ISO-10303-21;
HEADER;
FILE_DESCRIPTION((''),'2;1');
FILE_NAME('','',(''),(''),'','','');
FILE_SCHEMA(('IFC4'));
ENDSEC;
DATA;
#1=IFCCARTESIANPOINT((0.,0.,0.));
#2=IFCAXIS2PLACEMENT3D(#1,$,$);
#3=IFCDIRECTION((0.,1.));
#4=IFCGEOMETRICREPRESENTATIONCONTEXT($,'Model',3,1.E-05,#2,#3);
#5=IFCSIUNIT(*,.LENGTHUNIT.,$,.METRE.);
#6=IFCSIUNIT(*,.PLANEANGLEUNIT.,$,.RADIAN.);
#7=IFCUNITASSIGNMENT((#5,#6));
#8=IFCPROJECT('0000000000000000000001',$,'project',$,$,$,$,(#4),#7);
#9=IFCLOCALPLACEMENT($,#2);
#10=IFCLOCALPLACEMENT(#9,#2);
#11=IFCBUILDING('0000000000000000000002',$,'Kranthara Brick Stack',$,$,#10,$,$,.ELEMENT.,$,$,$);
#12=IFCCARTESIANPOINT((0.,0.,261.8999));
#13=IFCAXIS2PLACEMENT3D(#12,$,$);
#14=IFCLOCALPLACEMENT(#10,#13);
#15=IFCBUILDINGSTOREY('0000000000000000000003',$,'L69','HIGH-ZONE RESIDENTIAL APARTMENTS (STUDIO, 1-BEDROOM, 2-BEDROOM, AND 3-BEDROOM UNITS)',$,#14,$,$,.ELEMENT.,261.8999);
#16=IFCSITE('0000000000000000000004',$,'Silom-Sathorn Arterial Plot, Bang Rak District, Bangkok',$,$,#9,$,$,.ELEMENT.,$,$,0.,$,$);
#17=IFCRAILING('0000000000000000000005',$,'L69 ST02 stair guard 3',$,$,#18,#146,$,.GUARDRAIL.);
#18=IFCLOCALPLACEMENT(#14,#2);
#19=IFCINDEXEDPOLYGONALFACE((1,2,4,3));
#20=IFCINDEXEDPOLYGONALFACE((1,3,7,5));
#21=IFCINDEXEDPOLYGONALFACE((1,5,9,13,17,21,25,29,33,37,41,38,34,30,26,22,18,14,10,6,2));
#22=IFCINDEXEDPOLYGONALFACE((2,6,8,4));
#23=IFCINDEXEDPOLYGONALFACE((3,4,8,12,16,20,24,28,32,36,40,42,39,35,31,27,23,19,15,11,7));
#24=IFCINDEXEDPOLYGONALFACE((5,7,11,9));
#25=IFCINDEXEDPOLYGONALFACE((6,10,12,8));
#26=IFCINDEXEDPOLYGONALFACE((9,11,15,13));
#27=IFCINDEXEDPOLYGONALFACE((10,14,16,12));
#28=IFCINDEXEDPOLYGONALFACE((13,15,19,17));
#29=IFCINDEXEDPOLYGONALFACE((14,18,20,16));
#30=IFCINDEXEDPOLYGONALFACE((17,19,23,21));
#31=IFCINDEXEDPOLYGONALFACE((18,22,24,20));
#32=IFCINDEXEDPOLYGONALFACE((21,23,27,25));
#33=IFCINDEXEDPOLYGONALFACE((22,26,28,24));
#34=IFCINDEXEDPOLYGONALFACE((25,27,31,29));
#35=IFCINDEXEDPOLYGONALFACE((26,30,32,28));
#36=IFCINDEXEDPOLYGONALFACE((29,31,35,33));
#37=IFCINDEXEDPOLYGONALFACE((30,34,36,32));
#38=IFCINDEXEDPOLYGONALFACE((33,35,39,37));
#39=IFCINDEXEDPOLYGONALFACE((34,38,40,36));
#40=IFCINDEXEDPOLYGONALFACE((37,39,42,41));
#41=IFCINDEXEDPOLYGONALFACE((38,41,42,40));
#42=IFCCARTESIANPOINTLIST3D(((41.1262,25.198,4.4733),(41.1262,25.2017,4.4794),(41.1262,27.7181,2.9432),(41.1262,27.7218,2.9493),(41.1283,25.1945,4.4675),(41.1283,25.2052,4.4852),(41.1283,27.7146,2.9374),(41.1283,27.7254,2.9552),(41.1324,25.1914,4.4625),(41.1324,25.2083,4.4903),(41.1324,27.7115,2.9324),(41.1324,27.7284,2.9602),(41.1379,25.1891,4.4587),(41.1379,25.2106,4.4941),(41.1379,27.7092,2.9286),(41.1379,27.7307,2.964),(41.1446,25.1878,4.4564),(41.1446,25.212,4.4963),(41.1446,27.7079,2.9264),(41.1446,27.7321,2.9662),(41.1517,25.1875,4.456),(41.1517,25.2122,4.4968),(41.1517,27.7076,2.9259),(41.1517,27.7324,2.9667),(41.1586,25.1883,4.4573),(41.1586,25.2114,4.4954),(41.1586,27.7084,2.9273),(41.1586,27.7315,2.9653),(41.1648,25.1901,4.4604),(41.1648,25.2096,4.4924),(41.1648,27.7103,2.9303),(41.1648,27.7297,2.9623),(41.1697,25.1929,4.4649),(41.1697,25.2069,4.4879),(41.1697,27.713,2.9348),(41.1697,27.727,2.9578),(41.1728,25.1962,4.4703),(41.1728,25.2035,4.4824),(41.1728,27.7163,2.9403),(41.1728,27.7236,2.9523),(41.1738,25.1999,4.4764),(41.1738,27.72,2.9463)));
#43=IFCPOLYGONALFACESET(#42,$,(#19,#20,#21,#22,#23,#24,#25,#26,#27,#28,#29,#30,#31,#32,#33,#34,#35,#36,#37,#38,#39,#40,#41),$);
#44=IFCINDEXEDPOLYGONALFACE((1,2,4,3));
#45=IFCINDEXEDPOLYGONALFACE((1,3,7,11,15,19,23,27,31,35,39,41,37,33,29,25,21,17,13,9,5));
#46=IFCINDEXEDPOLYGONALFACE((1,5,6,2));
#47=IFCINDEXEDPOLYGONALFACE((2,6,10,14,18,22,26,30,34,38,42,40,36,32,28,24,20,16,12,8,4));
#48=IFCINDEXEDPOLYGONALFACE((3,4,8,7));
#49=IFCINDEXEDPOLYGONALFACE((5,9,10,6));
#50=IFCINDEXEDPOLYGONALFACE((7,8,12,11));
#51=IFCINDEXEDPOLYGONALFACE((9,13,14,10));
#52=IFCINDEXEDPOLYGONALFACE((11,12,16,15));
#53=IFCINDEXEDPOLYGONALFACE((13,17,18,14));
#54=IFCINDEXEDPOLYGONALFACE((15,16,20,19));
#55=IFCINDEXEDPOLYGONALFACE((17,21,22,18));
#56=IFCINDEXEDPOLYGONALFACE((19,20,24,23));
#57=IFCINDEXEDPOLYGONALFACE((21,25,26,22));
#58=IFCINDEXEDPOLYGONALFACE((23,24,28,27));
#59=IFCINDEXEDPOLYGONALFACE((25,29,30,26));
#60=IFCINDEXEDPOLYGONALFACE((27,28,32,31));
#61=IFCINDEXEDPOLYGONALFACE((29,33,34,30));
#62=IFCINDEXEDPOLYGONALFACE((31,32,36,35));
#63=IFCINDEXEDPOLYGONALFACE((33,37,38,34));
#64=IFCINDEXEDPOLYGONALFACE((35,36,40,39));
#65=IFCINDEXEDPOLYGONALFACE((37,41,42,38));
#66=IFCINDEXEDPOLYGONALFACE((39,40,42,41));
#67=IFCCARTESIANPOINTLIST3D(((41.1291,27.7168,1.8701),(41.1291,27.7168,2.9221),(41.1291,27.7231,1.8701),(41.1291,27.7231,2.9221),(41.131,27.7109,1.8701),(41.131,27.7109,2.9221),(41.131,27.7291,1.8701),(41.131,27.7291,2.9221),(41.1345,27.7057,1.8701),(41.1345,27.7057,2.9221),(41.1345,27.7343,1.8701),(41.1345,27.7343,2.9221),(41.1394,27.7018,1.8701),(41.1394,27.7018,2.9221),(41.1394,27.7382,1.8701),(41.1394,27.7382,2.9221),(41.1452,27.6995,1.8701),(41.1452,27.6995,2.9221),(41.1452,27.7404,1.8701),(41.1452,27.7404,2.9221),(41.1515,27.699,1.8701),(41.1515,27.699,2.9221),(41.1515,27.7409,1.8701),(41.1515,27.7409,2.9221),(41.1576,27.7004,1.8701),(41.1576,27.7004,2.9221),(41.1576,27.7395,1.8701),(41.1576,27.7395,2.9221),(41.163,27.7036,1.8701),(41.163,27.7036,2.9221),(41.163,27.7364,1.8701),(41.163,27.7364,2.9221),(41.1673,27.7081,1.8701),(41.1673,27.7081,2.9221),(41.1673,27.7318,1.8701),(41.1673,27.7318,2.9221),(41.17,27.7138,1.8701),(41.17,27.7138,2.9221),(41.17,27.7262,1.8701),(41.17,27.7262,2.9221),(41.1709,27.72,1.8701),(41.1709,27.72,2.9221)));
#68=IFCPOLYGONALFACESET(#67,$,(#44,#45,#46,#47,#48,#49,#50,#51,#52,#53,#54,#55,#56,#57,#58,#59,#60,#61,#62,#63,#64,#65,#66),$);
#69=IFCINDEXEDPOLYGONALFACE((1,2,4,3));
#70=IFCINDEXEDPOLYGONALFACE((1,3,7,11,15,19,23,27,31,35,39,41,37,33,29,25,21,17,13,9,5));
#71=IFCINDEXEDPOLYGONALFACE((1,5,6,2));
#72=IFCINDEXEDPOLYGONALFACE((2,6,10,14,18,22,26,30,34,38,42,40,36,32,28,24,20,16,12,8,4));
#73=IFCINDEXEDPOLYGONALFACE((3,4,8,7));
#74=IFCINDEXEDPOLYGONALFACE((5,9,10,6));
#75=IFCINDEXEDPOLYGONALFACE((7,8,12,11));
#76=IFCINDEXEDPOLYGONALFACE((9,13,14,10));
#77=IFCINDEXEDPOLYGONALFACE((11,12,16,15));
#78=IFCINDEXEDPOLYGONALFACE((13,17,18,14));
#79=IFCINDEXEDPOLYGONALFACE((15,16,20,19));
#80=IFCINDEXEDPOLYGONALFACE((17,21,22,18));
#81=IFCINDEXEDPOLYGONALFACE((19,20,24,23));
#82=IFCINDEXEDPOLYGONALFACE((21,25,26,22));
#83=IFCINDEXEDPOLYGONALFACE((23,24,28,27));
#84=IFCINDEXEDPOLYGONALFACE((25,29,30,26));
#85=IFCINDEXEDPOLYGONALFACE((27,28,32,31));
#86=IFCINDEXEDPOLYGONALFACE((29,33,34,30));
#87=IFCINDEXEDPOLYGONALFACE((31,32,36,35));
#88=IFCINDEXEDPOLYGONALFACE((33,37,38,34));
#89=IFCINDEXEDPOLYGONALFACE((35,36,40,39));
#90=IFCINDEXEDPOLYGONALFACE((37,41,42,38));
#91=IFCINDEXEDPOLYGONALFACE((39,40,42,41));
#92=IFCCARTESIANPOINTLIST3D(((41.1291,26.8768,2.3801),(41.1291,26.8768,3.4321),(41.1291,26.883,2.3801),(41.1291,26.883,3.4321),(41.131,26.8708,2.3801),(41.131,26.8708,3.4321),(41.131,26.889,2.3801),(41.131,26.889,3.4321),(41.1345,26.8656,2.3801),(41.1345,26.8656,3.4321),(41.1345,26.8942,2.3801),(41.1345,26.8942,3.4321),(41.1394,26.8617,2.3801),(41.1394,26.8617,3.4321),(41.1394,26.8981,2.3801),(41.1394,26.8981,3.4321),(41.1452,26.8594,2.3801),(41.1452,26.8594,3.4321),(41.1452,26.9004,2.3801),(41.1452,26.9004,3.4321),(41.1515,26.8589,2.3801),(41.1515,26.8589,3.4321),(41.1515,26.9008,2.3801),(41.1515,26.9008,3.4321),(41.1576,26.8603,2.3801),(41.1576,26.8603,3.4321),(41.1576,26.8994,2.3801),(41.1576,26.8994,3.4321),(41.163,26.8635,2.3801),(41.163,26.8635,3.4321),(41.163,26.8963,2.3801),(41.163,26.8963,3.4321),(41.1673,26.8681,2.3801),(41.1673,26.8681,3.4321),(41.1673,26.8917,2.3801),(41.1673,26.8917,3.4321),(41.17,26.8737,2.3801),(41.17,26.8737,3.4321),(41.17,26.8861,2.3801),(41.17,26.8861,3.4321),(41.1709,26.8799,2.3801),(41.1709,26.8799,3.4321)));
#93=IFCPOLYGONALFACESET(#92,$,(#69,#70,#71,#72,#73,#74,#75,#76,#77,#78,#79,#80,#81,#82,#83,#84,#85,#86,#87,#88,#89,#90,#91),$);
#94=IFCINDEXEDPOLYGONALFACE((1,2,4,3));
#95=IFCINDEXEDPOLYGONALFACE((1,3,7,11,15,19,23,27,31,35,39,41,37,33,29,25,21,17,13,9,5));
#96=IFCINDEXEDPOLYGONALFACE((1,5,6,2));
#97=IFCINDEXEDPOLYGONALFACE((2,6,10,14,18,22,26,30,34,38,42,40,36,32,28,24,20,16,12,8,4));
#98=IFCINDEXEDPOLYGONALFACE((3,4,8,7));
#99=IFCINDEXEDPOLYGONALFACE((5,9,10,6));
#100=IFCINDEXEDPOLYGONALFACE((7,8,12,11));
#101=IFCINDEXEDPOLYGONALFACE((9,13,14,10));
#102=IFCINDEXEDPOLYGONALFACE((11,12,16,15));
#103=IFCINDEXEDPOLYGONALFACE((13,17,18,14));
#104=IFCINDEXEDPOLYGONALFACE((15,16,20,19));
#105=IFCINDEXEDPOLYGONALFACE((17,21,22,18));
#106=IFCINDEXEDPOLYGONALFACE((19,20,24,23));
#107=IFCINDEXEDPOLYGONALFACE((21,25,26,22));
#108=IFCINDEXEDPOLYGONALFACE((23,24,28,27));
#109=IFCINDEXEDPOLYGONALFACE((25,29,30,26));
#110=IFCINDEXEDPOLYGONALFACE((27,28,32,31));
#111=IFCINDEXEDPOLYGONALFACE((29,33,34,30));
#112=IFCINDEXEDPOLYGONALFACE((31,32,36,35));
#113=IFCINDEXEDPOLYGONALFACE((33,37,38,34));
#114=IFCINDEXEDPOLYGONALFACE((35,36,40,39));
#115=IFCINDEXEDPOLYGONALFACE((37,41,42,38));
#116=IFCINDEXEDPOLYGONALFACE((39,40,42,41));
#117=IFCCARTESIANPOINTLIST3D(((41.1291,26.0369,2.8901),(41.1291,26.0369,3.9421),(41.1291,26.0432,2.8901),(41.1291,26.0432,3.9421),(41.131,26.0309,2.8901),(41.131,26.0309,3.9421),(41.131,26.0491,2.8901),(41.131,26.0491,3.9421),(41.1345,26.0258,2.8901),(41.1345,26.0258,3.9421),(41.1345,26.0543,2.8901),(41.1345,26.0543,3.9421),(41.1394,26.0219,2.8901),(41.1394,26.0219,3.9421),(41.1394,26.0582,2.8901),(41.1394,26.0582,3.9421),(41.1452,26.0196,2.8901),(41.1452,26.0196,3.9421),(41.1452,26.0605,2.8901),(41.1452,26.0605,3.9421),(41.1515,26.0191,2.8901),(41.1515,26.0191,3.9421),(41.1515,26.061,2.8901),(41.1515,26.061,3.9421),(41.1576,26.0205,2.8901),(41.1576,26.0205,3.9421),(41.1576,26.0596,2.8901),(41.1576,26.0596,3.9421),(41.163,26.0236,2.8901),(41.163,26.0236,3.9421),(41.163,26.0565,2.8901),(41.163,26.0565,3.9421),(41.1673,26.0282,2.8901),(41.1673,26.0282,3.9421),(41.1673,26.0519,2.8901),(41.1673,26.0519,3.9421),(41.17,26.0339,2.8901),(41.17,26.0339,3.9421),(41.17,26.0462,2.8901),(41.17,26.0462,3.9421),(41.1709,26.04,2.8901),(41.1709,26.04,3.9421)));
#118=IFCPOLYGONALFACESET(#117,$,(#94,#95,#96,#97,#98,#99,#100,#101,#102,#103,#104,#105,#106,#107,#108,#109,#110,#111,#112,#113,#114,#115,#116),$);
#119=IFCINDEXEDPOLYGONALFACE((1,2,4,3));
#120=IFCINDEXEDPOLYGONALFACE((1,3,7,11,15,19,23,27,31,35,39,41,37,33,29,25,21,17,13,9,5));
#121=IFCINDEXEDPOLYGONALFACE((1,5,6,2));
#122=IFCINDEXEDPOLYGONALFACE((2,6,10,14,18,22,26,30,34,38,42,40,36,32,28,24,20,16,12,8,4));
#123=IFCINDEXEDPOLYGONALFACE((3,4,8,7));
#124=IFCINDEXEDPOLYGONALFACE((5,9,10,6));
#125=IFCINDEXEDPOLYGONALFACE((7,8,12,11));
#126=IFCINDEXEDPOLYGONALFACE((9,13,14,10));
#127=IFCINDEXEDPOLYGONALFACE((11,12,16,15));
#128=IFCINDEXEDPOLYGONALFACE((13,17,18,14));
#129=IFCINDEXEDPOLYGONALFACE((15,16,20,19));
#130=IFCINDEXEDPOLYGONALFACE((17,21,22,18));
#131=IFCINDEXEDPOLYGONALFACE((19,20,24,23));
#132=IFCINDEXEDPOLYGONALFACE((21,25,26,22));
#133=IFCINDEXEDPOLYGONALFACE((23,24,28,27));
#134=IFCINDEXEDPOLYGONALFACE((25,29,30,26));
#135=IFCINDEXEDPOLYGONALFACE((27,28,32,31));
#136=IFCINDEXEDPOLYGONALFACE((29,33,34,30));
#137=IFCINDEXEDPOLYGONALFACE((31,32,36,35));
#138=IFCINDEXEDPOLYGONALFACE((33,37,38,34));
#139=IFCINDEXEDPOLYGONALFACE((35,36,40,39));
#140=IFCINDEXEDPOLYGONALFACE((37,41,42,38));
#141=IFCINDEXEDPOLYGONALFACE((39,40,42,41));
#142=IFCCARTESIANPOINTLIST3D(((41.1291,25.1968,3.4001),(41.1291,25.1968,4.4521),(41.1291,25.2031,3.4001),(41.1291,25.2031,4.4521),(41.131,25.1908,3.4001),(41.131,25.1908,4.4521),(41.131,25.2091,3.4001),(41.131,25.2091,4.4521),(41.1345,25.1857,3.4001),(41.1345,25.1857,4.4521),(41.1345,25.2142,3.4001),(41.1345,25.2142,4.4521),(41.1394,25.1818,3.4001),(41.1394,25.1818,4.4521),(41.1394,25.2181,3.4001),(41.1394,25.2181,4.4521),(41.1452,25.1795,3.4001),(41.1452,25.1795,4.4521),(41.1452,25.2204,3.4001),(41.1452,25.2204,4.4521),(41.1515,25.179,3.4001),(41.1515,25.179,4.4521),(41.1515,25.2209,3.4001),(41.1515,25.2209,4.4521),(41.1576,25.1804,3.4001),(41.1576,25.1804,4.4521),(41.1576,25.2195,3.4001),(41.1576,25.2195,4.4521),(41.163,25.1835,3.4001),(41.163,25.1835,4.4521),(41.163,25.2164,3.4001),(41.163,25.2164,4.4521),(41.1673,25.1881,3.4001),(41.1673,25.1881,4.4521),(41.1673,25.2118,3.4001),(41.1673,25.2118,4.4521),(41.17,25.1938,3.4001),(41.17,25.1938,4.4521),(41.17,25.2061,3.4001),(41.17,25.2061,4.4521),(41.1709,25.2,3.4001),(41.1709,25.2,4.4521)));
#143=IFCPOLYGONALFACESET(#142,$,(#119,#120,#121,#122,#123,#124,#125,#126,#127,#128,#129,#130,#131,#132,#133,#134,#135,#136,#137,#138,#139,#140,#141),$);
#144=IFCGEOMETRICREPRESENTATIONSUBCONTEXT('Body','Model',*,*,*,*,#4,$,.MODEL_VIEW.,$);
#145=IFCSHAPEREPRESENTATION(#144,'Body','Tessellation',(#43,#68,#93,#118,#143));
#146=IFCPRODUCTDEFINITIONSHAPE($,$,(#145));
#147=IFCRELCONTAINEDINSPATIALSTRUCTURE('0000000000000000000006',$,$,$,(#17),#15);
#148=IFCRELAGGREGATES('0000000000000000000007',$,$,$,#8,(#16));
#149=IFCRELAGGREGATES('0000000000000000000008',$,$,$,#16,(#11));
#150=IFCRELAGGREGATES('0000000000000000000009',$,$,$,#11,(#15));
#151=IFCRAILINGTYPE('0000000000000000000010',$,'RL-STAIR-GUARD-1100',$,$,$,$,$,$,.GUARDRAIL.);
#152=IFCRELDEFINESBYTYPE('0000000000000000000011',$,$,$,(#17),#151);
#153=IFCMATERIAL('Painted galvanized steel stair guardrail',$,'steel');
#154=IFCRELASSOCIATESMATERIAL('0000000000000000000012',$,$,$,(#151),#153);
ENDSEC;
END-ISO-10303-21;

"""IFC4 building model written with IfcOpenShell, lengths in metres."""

from ifc_helpers import new_model, si_unit, direction, frame, origin, origin_2d, place, context, subcontext, project, spatial, circle, extrude, material, type_object, element, save


model = new_model("IFC4")

# Units and contexts
model_context = context("Model", 3, precision=1e-05, world=origin(), true_north=direction((0.0, 1.0)))
body_context = subcontext(model_context, "Body", "Model", "MODEL_VIEW")
ifc_project = project(units=[si_unit("LENGTHUNIT", "METRE"), si_unit("PLANEANGLEUNIT", "RADIAN")], contexts=[model_context])

# Site, building, storey
site_placement = place(None, origin())
site = spatial("IfcSite", under=ifc_project, at=site_placement, Name="Silom-Sathorn Arterial Plot, Bang Rak District, Bangkok", CompositionType="ELEMENT", RefElevation=0.0)
building_placement = place(site_placement, origin())
building = spatial("IfcBuilding", under=site, at=building_placement, Name="Kranthara Brick Stack", CompositionType="ELEMENT")
storey_placement = place(building_placement, frame((0.0, 0.0, 261.8999)))
storey = spatial("IfcBuildingStorey", under=building, at=storey_placement, Name="L69", Description="HIGH-ZONE RESIDENTIAL APARTMENTS (STUDIO, 1-BEDROOM, 2-BEDROOM, AND 3-BEDROOM UNITS)", CompositionType="ELEMENT", Elevation=261.8999)

# Railing
ifc_material_1 = material(Name="Painted galvanized steel stair guardrail", Category="steel")
railing_type_1 = type_object("IfcRailingType", Name="RL-STAIR-GUARD-1100", PredefinedType="GUARDRAIL", material=ifc_material_1)
railing_1_placement = place(storey_placement, frame((41.1499, 27.72, 1.8701)))
element("IfcRailing", 1, at=railing_1_placement, inside=storey, type_object=railing_type_1, Name="L69 ST02 stair guard 3", PredefinedType="GUARDRAIL", context=body_context, shape_type="SweptSolid", body=[
    extrude(circle(Radius=0.0239, at=origin_2d()), frame((0.0, 0.0, 1.0762), z_axis=(0.0, -0.854785, 0.518982), x_axis=(1.0, 0.0, 0.0)), (0.0, 0.0, 1.0), 2.9482),
    extrude(circle(Radius=0.021, at=origin_2d()), origin(), (0.0, 0.0, 1.0), 1.052),
    extrude(circle(Radius=0.021, at=origin_2d()), frame((0.0, -0.8401, 0.51)), (0.0, 0.0, 1.0), 1.052),
    extrude(circle(Radius=0.021, at=origin_2d()), frame((0.0, -1.6799, 1.02)), (0.0, 0.0, 1.0), 1.052),
    extrude(circle(Radius=0.021, at=origin_2d()), frame((0.0, -2.52, 1.53)), (0.0, 0.0, 1.0), 1.052),
])

save(model, "model.ifc")
